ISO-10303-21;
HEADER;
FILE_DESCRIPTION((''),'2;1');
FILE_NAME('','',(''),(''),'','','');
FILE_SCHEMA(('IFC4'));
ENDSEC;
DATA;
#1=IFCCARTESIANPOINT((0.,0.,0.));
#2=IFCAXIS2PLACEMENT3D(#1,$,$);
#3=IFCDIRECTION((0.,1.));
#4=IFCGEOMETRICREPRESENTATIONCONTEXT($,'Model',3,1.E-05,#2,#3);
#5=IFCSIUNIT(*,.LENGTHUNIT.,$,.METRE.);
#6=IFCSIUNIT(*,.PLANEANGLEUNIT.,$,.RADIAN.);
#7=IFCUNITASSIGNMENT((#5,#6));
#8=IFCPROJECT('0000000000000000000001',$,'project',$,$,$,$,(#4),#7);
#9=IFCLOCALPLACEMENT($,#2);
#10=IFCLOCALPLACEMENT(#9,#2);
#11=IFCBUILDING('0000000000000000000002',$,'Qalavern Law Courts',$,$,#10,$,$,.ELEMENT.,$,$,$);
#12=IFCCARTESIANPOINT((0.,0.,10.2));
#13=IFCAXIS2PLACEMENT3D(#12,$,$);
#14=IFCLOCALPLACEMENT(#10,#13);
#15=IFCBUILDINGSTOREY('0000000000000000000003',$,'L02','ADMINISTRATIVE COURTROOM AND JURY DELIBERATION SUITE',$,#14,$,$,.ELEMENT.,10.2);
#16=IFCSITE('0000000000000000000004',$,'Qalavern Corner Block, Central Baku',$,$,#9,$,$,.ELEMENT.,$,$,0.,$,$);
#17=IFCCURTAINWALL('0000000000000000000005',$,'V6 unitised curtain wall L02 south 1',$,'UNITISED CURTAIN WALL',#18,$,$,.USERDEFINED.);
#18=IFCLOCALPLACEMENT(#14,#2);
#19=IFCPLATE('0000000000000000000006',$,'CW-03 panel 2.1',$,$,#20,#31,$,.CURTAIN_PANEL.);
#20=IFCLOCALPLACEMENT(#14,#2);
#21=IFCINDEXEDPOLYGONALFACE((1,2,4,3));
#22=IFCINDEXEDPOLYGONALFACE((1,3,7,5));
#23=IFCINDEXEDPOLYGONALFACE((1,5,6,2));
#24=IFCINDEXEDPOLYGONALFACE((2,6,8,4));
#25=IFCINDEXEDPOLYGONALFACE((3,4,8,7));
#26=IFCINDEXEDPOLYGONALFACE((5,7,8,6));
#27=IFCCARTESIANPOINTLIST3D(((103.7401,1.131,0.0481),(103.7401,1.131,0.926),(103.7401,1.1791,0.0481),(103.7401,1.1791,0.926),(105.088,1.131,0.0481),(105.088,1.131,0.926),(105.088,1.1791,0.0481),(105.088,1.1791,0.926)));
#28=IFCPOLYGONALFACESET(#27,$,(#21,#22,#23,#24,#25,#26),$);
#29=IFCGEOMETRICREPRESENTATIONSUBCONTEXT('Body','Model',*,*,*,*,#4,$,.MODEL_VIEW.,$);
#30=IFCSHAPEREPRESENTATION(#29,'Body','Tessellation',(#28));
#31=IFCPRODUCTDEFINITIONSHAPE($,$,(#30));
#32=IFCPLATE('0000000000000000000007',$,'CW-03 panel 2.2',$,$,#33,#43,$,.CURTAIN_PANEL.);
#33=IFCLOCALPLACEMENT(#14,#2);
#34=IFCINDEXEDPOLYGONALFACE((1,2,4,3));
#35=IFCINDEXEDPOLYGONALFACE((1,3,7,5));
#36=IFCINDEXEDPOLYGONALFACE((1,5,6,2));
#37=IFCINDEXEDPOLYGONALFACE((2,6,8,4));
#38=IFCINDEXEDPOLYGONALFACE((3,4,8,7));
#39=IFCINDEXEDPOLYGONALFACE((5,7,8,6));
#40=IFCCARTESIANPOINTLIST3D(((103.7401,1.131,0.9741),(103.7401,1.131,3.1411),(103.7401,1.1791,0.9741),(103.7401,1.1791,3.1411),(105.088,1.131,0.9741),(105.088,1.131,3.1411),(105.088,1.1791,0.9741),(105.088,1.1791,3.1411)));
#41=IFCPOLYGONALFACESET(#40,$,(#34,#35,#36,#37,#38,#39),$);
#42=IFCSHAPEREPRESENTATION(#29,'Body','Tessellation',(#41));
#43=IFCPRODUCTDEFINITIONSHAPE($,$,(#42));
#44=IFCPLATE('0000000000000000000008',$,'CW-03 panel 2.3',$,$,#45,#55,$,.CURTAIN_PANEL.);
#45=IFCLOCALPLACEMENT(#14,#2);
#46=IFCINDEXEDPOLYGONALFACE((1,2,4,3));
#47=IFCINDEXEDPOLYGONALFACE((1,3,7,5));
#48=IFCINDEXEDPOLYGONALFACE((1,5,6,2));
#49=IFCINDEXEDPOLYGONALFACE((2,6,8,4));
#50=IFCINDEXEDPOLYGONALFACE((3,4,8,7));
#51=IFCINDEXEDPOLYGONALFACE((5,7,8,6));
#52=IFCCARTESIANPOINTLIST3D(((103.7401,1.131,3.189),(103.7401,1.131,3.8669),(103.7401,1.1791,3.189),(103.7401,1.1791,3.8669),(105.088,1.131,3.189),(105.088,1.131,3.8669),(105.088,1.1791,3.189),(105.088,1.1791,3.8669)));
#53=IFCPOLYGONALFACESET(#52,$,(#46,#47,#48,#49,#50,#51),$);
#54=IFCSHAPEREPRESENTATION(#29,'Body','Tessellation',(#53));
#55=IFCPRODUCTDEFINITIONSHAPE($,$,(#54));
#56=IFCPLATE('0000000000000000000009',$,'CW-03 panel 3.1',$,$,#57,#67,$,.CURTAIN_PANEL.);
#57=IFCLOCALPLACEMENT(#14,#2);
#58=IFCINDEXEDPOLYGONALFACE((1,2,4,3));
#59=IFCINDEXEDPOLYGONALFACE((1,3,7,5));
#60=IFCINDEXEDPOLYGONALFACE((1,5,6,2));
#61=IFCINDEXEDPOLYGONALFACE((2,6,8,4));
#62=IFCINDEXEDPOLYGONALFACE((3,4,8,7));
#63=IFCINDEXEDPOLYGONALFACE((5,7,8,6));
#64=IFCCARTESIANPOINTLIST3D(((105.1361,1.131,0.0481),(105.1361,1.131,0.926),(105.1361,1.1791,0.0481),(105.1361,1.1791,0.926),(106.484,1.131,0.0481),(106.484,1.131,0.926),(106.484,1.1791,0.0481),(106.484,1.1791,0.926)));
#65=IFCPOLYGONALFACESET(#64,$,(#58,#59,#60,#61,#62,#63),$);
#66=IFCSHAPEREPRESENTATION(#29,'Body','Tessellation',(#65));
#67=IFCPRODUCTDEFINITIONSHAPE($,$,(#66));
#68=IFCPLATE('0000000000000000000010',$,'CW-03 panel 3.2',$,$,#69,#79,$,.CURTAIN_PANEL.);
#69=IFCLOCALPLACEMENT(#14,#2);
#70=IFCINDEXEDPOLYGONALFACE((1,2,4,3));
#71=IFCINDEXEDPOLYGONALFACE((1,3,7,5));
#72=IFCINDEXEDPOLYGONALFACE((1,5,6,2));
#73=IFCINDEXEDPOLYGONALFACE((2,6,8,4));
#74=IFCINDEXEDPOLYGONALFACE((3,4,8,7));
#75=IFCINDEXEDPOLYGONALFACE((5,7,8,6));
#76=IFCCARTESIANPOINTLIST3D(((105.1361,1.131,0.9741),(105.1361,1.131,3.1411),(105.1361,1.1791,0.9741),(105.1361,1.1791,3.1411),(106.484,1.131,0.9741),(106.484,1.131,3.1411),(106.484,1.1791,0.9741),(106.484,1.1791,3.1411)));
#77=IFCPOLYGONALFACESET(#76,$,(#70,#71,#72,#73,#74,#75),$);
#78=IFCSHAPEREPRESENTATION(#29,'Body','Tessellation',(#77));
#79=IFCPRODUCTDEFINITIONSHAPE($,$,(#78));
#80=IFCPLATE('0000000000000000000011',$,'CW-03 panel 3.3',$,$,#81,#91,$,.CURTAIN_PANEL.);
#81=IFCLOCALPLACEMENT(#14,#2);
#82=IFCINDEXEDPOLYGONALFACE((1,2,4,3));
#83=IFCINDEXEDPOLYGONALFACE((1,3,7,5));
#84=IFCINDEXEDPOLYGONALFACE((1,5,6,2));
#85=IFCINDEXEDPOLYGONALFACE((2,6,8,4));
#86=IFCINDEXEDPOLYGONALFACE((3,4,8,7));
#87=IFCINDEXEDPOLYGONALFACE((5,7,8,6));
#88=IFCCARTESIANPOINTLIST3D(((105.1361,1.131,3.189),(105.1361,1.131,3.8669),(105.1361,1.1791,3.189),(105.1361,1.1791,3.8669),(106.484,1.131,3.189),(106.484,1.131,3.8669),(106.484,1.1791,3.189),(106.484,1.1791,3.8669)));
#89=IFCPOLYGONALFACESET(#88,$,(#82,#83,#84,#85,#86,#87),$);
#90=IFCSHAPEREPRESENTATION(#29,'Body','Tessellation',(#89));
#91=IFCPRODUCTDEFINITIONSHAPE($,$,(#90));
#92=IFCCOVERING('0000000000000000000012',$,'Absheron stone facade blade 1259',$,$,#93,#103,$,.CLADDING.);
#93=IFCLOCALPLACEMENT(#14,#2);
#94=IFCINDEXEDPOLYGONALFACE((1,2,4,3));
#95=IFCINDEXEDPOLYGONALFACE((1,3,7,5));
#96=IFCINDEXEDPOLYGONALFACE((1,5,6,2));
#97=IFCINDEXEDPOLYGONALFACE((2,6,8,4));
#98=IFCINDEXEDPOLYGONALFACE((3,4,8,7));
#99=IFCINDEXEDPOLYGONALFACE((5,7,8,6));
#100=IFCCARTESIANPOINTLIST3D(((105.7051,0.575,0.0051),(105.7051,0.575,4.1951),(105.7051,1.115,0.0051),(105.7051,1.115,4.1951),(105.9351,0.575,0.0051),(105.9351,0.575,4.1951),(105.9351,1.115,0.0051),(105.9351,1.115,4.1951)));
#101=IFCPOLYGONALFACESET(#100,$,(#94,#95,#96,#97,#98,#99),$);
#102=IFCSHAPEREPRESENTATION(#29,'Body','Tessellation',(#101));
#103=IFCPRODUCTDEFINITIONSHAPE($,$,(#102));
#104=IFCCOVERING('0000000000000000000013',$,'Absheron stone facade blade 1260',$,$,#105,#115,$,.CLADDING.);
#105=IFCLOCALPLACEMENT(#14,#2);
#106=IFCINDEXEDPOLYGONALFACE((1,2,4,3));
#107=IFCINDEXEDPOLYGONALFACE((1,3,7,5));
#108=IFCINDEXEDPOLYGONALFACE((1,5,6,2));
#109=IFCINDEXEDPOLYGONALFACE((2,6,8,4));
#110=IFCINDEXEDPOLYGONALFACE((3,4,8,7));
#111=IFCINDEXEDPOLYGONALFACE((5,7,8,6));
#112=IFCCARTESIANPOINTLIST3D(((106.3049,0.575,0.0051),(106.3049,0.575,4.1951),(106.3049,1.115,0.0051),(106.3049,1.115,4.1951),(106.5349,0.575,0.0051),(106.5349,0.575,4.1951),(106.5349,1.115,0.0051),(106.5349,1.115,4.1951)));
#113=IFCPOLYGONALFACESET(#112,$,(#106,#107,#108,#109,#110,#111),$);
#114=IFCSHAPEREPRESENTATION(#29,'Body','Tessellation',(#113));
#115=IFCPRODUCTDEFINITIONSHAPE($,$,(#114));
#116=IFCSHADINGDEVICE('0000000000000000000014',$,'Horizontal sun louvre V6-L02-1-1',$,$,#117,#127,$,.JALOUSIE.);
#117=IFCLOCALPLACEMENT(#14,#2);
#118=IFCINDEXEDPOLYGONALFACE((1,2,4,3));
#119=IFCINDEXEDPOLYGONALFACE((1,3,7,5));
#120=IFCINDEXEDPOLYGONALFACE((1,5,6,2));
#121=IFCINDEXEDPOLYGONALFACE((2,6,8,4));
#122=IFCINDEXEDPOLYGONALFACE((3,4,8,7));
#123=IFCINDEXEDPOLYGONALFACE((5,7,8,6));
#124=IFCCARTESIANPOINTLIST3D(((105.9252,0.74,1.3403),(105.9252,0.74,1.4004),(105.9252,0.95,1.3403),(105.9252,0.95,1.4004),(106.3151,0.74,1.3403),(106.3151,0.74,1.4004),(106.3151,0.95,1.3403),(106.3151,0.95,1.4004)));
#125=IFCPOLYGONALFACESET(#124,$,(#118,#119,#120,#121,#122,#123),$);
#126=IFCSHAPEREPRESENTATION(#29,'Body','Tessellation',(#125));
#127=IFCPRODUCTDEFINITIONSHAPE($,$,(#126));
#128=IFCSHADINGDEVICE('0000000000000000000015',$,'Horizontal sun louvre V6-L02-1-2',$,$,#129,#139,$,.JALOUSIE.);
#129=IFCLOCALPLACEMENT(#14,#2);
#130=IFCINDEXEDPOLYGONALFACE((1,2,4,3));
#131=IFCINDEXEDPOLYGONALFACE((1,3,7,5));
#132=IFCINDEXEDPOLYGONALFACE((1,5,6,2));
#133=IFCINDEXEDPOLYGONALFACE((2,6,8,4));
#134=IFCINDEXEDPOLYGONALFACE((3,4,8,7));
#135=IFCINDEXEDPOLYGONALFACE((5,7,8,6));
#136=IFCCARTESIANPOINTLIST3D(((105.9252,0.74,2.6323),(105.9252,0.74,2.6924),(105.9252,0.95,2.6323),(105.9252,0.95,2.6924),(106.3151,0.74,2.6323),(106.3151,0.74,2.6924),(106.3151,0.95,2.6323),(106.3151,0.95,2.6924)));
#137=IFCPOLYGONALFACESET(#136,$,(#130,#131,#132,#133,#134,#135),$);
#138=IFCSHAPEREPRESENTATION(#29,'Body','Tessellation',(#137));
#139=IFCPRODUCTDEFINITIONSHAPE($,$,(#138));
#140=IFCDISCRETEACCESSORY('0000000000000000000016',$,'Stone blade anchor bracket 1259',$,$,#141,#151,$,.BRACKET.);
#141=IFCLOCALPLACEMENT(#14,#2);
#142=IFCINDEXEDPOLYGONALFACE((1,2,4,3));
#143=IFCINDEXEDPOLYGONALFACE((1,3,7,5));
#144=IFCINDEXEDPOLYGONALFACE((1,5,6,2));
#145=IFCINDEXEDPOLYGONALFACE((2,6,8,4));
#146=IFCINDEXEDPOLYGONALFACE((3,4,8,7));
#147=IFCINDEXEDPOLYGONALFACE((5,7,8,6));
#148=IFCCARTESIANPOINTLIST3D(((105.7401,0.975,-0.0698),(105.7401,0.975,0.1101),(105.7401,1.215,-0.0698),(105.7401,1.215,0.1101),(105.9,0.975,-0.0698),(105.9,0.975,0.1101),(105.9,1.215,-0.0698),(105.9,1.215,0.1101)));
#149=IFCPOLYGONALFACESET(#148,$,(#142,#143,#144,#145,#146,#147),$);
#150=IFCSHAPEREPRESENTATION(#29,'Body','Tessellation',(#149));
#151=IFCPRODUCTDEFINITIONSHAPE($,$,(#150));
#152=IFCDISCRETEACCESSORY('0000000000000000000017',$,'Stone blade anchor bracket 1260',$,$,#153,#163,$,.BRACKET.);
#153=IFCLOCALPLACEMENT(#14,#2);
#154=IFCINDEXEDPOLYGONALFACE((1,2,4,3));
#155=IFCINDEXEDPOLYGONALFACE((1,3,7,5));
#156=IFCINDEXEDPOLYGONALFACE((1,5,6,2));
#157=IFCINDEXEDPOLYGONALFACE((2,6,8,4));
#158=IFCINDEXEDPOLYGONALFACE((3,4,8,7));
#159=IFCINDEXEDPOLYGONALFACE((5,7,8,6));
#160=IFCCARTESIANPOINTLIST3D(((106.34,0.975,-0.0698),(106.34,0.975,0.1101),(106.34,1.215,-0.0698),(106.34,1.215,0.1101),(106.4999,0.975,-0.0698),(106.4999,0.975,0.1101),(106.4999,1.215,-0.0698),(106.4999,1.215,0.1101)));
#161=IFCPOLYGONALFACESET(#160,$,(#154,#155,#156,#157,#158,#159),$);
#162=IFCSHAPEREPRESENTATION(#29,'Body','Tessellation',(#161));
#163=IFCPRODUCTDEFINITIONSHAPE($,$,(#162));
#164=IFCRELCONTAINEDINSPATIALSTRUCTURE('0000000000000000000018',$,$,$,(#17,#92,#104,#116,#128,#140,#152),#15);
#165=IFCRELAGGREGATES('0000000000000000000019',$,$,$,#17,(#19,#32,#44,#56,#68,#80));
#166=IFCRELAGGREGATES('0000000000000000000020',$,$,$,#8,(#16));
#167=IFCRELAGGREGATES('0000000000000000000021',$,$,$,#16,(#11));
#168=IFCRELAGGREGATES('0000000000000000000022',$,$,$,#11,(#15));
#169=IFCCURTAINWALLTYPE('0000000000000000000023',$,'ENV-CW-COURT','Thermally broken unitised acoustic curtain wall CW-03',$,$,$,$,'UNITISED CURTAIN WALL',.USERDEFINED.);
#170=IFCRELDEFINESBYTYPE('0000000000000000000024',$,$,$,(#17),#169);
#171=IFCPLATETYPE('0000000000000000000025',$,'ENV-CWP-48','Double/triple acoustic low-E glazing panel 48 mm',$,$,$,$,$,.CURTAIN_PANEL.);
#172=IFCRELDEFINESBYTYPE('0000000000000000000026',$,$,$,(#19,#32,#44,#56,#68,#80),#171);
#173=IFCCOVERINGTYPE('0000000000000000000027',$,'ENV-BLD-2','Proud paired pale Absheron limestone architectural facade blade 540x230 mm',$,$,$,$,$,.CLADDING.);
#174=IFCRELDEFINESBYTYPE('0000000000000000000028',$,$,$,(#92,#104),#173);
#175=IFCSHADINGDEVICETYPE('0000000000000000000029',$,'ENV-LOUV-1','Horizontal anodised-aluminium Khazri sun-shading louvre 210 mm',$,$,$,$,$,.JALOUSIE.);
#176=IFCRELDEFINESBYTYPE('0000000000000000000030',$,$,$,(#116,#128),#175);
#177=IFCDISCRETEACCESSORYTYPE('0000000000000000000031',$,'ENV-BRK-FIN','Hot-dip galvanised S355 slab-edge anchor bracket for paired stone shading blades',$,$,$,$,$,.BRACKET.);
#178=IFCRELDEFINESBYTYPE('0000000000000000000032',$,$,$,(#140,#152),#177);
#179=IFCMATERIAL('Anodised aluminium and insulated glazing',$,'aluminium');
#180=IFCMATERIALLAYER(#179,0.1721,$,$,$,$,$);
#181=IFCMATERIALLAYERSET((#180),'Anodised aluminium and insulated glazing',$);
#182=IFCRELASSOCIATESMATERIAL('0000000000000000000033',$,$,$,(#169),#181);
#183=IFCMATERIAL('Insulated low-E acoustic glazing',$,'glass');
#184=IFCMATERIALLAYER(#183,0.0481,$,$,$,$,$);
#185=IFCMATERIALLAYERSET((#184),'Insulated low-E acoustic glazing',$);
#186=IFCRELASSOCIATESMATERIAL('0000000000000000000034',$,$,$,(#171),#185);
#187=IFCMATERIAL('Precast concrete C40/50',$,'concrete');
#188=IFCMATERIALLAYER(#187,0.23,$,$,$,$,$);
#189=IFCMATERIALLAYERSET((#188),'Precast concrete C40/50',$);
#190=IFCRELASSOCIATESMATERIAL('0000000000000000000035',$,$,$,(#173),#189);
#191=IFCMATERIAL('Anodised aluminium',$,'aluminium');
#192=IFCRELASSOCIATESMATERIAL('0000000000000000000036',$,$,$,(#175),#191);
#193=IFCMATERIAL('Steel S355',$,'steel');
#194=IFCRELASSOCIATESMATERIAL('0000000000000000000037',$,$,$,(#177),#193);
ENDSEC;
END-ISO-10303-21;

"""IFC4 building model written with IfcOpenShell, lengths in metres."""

from ifc_helpers import new_model, si_unit, direction, frame, origin, origin_2d, place, context, subcontext, project, spatial, rectangle, extrude, material, layer, layer_set, type_object, element, aggregate, save


model = new_model("IFC4")

# Units and contexts
model_context = context("Model", 3, precision=1e-05, world=origin(), true_north=direction((0.0, 1.0)))
body_context = subcontext(model_context, "Body", "Model", "MODEL_VIEW")
ifc_project = project(units=[si_unit("LENGTHUNIT", "METRE"), si_unit("PLANEANGLEUNIT", "RADIAN")], contexts=[model_context])

# Site, building, storey
site_placement = place(None, origin())
site = spatial("IfcSite", under=ifc_project, at=site_placement, Name="Qalavern Corner Block, Central Baku", CompositionType="ELEMENT", RefElevation=0.0)
building_placement = place(site_placement, origin())
building = spatial("IfcBuilding", under=site, at=building_placement, Name="Qalavern Law Courts", CompositionType="ELEMENT")
storey_placement = place(building_placement, frame((0.0, 0.0, 10.2)))
storey = spatial("IfcBuildingStorey", under=building, at=storey_placement, Name="L02", Description="ADMINISTRATIVE COURTROOM AND JURY DELIBERATION SUITE", CompositionType="ELEMENT", Elevation=10.2)

# Curtain wall, plates
ifc_material_1 = material(Name="Anodised aluminium and insulated glazing", Category="aluminium")
ifc_layer_1 = layer(ifc_material_1, 0.1721)
ifc_layer_set_1 = layer_set([ifc_layer_1], Name="Anodised aluminium and insulated glazing")
curtain_wall_type = type_object("IfcCurtainWallType", Name="ENV-CW-COURT", Description="Thermally broken unitised acoustic curtain wall CW-03", ElementType="UNITISED CURTAIN WALL", PredefinedType="USERDEFINED", material=ifc_layer_set_1)
curtain_wall_placement = place(storey_placement, origin())
curtain_wall = element("IfcCurtainWall", 1, at=curtain_wall_placement, inside=storey, type_object=curtain_wall_type, Name="V6 unitised curtain wall L02 south 1", ObjectType="UNITISED CURTAIN WALL", PredefinedType="USERDEFINED")
ifc_material_2 = material(Name="Anodised aluminium", Category="aluminium")
ifc_material_3 = material(Name="Insulated low-E acoustic glazing", Category="glass")
ifc_layer_2 = layer(ifc_material_3, 0.0481)
ifc_layer_set_2 = layer_set([ifc_layer_2], Name="Insulated low-E acoustic glazing")
plate_type = type_object("IfcPlateType", Name="ENV-CWP-48", Description="Double/triple acoustic low-E glazing panel 48 mm", PredefinedType="CURTAIN_PANEL", material=ifc_layer_set_2)
plate_1_placement = place(storey_placement, frame((104.4141, 1.155, 0.0481), z_axis=(0.0, 0.0, 1.0), x_axis=(1.0, 0.0, 0.0)))
plate_1 = element("IfcPlate", 2, at=plate_1_placement, type_object=plate_type, Name="CW-03 panel 2.1", PredefinedType="CURTAIN_PANEL", context=body_context, shape_type="SweptSolid", body=[
    extrude(rectangle(XDim=1.3479, YDim=0.0481, at=origin_2d()), origin(), (0.0, 0.0, 1.0), 0.8779),
])
plate_2_placement = place(storey_placement, frame((104.4141, 1.155, 0.9741), z_axis=(0.0, 0.0, 1.0), x_axis=(1.0, 0.0, 0.0)))
plate_2 = element("IfcPlate", 3, at=plate_2_placement, type_object=plate_type, Name="CW-03 panel 2.2", PredefinedType="CURTAIN_PANEL", context=body_context, shape_type="SweptSolid", body=[
    extrude(rectangle(XDim=1.3479, YDim=0.0481, at=origin_2d()), origin(), (0.0, 0.0, 1.0), 2.167),
])
plate_3_placement = place(storey_placement, frame((104.4141, 1.155, 3.189), z_axis=(0.0, 0.0, 1.0), x_axis=(1.0, 0.0, 0.0)))
plate_3 = element("IfcPlate", 4, at=plate_3_placement, type_object=plate_type, Name="CW-03 panel 2.3", PredefinedType="CURTAIN_PANEL", context=body_context, shape_type="SweptSolid", body=[
    extrude(rectangle(XDim=1.3479, YDim=0.0481, at=origin_2d()), origin(), (0.0, 0.0, 1.0), 0.678),
])
plate_4_placement = place(storey_placement, frame((105.8101, 1.155, 0.0481), z_axis=(0.0, 0.0, 1.0), x_axis=(1.0, 0.0, 0.0)))
plate_4 = element("IfcPlate", 5, at=plate_4_placement, type_object=plate_type, Name="CW-03 panel 3.1", PredefinedType="CURTAIN_PANEL", context=body_context, shape_type="SweptSolid", body=[
    extrude(rectangle(XDim=1.3479, YDim=0.0481, at=origin_2d()), origin(), (0.0, 0.0, 1.0), 0.8779),
])
plate_5_placement = place(storey_placement, frame((105.8101, 1.155, 0.9741), z_axis=(0.0, 0.0, 1.0), x_axis=(1.0, 0.0, 0.0)))
plate_5 = element("IfcPlate", 6, at=plate_5_placement, type_object=plate_type, Name="CW-03 panel 3.2", PredefinedType="CURTAIN_PANEL", context=body_context, shape_type="SweptSolid", body=[
    extrude(rectangle(XDim=1.3479, YDim=0.0481, at=origin_2d()), origin(), (0.0, 0.0, 1.0), 2.167),
])
plate_6_placement = place(storey_placement, frame((105.8101, 1.155, 3.189), z_axis=(0.0, 0.0, 1.0), x_axis=(1.0, 0.0, 0.0)))
plate_6 = element("IfcPlate", 7, at=plate_6_placement, type_object=plate_type, Name="CW-03 panel 3.3", PredefinedType="CURTAIN_PANEL", context=body_context, shape_type="SweptSolid", body=[
    extrude(rectangle(XDim=1.3479, YDim=0.0481, at=origin_2d()), origin(), (0.0, 0.0, 1.0), 0.678),
])
aggregate(curtain_wall, [plate_1, plate_2, plate_3, plate_4, plate_5, plate_6])

# Coverings
ifc_material_4 = material(Name="Precast concrete C40/50", Category="concrete")
ifc_layer_3 = layer(ifc_material_4, 0.23)
ifc_layer_set_3 = layer_set([ifc_layer_3], Name="Precast concrete C40/50")
covering_type = type_object("IfcCoveringType", Name="ENV-BLD-2", Description="Proud paired pale Absheron limestone architectural facade blade 540x230 mm", PredefinedType="CLADDING", material=ifc_layer_set_3)
for number, where, z_axis, x_axis, name in (
    (8, (105.8201, 0.845, 0.0051), (0.0, 0.0, 1.0), (0.0, -1.0, 0.0), "Absheron stone facade blade 1259"),
    (9, (106.4199, 0.845, 0.0051), (0.0, 0.0, 1.0), (0.0, -1.0, 0.0), "Absheron stone facade blade 1260"),
):
    element("IfcCovering", number, at=place(storey_placement, frame(where, z_axis=z_axis, x_axis=x_axis)), inside=storey, type_object=covering_type, Name=name, PredefinedType="CLADDING", context=body_context, shape_type="SweptSolid", body=[
        extrude(rectangle(XDim=0.54, YDim=0.23, at=origin_2d()), origin(), (0.0, 0.0, 1.0), 4.1899),
    ])

# Shading devices
shading_device_type = type_object("IfcShadingDeviceType", Name="ENV-LOUV-1", Description="Horizontal anodised-aluminium Khazri sun-shading louvre 210 mm", PredefinedType="JALOUSIE", material=ifc_material_2)
for number, where, z_axis, x_axis, name in (
    (10, (106.1201, 0.845, 1.3403), (0.0, 0.0, 1.0), (1.0, 0.0, 0.0), "Horizontal sun louvre V6-L02-1-1"),
    (11, (106.1201, 0.845, 2.6323), (0.0, 0.0, 1.0), (1.0, 0.0, 0.0), "Horizontal sun louvre V6-L02-1-2"),
):
    element("IfcShadingDevice", number, at=place(storey_placement, frame(where, z_axis=z_axis, x_axis=x_axis)), inside=storey, type_object=shading_device_type, Name=name, PredefinedType="JALOUSIE", context=body_context, shape_type="SweptSolid", body=[
        extrude(rectangle(XDim=0.3899, YDim=0.21, at=origin_2d()), origin(), (0.0, 0.0, 1.0), 0.0601),
    ])

# Discrete accessories
ifc_material_5 = material(Name="Steel S355", Category="steel")
discrete_accessory_type = type_object("IfcDiscreteAccessoryType", Name="ENV-BRK-FIN", Description="Hot-dip galvanised S355 slab-edge anchor bracket for paired stone shading blades", PredefinedType="BRACKET", material=ifc_material_5)
for number, where, z_axis, x_axis, name in (
    (12, (105.8201, 1.095, -0.0698), (0.0, 0.0, 1.0), (0.0, -1.0, 0.0), "Stone blade anchor bracket 1259"),
    (13, (106.4199, 1.095, -0.0698), (0.0, 0.0, 1.0), (0.0, -1.0, 0.0), "Stone blade anchor bracket 1260"),
):
    element("IfcDiscreteAccessory", number, at=place(storey_placement, frame(where, z_axis=z_axis, x_axis=x_axis)), inside=storey, type_object=discrete_accessory_type, Name=name, PredefinedType="BRACKET", context=body_context, shape_type="SweptSolid", body=[
        extrude(rectangle(XDim=0.24, YDim=0.1599, at=origin_2d()), origin(), (0.0, 0.0, 1.0), 0.1799),
    ])

save(model, "model.ifc")
